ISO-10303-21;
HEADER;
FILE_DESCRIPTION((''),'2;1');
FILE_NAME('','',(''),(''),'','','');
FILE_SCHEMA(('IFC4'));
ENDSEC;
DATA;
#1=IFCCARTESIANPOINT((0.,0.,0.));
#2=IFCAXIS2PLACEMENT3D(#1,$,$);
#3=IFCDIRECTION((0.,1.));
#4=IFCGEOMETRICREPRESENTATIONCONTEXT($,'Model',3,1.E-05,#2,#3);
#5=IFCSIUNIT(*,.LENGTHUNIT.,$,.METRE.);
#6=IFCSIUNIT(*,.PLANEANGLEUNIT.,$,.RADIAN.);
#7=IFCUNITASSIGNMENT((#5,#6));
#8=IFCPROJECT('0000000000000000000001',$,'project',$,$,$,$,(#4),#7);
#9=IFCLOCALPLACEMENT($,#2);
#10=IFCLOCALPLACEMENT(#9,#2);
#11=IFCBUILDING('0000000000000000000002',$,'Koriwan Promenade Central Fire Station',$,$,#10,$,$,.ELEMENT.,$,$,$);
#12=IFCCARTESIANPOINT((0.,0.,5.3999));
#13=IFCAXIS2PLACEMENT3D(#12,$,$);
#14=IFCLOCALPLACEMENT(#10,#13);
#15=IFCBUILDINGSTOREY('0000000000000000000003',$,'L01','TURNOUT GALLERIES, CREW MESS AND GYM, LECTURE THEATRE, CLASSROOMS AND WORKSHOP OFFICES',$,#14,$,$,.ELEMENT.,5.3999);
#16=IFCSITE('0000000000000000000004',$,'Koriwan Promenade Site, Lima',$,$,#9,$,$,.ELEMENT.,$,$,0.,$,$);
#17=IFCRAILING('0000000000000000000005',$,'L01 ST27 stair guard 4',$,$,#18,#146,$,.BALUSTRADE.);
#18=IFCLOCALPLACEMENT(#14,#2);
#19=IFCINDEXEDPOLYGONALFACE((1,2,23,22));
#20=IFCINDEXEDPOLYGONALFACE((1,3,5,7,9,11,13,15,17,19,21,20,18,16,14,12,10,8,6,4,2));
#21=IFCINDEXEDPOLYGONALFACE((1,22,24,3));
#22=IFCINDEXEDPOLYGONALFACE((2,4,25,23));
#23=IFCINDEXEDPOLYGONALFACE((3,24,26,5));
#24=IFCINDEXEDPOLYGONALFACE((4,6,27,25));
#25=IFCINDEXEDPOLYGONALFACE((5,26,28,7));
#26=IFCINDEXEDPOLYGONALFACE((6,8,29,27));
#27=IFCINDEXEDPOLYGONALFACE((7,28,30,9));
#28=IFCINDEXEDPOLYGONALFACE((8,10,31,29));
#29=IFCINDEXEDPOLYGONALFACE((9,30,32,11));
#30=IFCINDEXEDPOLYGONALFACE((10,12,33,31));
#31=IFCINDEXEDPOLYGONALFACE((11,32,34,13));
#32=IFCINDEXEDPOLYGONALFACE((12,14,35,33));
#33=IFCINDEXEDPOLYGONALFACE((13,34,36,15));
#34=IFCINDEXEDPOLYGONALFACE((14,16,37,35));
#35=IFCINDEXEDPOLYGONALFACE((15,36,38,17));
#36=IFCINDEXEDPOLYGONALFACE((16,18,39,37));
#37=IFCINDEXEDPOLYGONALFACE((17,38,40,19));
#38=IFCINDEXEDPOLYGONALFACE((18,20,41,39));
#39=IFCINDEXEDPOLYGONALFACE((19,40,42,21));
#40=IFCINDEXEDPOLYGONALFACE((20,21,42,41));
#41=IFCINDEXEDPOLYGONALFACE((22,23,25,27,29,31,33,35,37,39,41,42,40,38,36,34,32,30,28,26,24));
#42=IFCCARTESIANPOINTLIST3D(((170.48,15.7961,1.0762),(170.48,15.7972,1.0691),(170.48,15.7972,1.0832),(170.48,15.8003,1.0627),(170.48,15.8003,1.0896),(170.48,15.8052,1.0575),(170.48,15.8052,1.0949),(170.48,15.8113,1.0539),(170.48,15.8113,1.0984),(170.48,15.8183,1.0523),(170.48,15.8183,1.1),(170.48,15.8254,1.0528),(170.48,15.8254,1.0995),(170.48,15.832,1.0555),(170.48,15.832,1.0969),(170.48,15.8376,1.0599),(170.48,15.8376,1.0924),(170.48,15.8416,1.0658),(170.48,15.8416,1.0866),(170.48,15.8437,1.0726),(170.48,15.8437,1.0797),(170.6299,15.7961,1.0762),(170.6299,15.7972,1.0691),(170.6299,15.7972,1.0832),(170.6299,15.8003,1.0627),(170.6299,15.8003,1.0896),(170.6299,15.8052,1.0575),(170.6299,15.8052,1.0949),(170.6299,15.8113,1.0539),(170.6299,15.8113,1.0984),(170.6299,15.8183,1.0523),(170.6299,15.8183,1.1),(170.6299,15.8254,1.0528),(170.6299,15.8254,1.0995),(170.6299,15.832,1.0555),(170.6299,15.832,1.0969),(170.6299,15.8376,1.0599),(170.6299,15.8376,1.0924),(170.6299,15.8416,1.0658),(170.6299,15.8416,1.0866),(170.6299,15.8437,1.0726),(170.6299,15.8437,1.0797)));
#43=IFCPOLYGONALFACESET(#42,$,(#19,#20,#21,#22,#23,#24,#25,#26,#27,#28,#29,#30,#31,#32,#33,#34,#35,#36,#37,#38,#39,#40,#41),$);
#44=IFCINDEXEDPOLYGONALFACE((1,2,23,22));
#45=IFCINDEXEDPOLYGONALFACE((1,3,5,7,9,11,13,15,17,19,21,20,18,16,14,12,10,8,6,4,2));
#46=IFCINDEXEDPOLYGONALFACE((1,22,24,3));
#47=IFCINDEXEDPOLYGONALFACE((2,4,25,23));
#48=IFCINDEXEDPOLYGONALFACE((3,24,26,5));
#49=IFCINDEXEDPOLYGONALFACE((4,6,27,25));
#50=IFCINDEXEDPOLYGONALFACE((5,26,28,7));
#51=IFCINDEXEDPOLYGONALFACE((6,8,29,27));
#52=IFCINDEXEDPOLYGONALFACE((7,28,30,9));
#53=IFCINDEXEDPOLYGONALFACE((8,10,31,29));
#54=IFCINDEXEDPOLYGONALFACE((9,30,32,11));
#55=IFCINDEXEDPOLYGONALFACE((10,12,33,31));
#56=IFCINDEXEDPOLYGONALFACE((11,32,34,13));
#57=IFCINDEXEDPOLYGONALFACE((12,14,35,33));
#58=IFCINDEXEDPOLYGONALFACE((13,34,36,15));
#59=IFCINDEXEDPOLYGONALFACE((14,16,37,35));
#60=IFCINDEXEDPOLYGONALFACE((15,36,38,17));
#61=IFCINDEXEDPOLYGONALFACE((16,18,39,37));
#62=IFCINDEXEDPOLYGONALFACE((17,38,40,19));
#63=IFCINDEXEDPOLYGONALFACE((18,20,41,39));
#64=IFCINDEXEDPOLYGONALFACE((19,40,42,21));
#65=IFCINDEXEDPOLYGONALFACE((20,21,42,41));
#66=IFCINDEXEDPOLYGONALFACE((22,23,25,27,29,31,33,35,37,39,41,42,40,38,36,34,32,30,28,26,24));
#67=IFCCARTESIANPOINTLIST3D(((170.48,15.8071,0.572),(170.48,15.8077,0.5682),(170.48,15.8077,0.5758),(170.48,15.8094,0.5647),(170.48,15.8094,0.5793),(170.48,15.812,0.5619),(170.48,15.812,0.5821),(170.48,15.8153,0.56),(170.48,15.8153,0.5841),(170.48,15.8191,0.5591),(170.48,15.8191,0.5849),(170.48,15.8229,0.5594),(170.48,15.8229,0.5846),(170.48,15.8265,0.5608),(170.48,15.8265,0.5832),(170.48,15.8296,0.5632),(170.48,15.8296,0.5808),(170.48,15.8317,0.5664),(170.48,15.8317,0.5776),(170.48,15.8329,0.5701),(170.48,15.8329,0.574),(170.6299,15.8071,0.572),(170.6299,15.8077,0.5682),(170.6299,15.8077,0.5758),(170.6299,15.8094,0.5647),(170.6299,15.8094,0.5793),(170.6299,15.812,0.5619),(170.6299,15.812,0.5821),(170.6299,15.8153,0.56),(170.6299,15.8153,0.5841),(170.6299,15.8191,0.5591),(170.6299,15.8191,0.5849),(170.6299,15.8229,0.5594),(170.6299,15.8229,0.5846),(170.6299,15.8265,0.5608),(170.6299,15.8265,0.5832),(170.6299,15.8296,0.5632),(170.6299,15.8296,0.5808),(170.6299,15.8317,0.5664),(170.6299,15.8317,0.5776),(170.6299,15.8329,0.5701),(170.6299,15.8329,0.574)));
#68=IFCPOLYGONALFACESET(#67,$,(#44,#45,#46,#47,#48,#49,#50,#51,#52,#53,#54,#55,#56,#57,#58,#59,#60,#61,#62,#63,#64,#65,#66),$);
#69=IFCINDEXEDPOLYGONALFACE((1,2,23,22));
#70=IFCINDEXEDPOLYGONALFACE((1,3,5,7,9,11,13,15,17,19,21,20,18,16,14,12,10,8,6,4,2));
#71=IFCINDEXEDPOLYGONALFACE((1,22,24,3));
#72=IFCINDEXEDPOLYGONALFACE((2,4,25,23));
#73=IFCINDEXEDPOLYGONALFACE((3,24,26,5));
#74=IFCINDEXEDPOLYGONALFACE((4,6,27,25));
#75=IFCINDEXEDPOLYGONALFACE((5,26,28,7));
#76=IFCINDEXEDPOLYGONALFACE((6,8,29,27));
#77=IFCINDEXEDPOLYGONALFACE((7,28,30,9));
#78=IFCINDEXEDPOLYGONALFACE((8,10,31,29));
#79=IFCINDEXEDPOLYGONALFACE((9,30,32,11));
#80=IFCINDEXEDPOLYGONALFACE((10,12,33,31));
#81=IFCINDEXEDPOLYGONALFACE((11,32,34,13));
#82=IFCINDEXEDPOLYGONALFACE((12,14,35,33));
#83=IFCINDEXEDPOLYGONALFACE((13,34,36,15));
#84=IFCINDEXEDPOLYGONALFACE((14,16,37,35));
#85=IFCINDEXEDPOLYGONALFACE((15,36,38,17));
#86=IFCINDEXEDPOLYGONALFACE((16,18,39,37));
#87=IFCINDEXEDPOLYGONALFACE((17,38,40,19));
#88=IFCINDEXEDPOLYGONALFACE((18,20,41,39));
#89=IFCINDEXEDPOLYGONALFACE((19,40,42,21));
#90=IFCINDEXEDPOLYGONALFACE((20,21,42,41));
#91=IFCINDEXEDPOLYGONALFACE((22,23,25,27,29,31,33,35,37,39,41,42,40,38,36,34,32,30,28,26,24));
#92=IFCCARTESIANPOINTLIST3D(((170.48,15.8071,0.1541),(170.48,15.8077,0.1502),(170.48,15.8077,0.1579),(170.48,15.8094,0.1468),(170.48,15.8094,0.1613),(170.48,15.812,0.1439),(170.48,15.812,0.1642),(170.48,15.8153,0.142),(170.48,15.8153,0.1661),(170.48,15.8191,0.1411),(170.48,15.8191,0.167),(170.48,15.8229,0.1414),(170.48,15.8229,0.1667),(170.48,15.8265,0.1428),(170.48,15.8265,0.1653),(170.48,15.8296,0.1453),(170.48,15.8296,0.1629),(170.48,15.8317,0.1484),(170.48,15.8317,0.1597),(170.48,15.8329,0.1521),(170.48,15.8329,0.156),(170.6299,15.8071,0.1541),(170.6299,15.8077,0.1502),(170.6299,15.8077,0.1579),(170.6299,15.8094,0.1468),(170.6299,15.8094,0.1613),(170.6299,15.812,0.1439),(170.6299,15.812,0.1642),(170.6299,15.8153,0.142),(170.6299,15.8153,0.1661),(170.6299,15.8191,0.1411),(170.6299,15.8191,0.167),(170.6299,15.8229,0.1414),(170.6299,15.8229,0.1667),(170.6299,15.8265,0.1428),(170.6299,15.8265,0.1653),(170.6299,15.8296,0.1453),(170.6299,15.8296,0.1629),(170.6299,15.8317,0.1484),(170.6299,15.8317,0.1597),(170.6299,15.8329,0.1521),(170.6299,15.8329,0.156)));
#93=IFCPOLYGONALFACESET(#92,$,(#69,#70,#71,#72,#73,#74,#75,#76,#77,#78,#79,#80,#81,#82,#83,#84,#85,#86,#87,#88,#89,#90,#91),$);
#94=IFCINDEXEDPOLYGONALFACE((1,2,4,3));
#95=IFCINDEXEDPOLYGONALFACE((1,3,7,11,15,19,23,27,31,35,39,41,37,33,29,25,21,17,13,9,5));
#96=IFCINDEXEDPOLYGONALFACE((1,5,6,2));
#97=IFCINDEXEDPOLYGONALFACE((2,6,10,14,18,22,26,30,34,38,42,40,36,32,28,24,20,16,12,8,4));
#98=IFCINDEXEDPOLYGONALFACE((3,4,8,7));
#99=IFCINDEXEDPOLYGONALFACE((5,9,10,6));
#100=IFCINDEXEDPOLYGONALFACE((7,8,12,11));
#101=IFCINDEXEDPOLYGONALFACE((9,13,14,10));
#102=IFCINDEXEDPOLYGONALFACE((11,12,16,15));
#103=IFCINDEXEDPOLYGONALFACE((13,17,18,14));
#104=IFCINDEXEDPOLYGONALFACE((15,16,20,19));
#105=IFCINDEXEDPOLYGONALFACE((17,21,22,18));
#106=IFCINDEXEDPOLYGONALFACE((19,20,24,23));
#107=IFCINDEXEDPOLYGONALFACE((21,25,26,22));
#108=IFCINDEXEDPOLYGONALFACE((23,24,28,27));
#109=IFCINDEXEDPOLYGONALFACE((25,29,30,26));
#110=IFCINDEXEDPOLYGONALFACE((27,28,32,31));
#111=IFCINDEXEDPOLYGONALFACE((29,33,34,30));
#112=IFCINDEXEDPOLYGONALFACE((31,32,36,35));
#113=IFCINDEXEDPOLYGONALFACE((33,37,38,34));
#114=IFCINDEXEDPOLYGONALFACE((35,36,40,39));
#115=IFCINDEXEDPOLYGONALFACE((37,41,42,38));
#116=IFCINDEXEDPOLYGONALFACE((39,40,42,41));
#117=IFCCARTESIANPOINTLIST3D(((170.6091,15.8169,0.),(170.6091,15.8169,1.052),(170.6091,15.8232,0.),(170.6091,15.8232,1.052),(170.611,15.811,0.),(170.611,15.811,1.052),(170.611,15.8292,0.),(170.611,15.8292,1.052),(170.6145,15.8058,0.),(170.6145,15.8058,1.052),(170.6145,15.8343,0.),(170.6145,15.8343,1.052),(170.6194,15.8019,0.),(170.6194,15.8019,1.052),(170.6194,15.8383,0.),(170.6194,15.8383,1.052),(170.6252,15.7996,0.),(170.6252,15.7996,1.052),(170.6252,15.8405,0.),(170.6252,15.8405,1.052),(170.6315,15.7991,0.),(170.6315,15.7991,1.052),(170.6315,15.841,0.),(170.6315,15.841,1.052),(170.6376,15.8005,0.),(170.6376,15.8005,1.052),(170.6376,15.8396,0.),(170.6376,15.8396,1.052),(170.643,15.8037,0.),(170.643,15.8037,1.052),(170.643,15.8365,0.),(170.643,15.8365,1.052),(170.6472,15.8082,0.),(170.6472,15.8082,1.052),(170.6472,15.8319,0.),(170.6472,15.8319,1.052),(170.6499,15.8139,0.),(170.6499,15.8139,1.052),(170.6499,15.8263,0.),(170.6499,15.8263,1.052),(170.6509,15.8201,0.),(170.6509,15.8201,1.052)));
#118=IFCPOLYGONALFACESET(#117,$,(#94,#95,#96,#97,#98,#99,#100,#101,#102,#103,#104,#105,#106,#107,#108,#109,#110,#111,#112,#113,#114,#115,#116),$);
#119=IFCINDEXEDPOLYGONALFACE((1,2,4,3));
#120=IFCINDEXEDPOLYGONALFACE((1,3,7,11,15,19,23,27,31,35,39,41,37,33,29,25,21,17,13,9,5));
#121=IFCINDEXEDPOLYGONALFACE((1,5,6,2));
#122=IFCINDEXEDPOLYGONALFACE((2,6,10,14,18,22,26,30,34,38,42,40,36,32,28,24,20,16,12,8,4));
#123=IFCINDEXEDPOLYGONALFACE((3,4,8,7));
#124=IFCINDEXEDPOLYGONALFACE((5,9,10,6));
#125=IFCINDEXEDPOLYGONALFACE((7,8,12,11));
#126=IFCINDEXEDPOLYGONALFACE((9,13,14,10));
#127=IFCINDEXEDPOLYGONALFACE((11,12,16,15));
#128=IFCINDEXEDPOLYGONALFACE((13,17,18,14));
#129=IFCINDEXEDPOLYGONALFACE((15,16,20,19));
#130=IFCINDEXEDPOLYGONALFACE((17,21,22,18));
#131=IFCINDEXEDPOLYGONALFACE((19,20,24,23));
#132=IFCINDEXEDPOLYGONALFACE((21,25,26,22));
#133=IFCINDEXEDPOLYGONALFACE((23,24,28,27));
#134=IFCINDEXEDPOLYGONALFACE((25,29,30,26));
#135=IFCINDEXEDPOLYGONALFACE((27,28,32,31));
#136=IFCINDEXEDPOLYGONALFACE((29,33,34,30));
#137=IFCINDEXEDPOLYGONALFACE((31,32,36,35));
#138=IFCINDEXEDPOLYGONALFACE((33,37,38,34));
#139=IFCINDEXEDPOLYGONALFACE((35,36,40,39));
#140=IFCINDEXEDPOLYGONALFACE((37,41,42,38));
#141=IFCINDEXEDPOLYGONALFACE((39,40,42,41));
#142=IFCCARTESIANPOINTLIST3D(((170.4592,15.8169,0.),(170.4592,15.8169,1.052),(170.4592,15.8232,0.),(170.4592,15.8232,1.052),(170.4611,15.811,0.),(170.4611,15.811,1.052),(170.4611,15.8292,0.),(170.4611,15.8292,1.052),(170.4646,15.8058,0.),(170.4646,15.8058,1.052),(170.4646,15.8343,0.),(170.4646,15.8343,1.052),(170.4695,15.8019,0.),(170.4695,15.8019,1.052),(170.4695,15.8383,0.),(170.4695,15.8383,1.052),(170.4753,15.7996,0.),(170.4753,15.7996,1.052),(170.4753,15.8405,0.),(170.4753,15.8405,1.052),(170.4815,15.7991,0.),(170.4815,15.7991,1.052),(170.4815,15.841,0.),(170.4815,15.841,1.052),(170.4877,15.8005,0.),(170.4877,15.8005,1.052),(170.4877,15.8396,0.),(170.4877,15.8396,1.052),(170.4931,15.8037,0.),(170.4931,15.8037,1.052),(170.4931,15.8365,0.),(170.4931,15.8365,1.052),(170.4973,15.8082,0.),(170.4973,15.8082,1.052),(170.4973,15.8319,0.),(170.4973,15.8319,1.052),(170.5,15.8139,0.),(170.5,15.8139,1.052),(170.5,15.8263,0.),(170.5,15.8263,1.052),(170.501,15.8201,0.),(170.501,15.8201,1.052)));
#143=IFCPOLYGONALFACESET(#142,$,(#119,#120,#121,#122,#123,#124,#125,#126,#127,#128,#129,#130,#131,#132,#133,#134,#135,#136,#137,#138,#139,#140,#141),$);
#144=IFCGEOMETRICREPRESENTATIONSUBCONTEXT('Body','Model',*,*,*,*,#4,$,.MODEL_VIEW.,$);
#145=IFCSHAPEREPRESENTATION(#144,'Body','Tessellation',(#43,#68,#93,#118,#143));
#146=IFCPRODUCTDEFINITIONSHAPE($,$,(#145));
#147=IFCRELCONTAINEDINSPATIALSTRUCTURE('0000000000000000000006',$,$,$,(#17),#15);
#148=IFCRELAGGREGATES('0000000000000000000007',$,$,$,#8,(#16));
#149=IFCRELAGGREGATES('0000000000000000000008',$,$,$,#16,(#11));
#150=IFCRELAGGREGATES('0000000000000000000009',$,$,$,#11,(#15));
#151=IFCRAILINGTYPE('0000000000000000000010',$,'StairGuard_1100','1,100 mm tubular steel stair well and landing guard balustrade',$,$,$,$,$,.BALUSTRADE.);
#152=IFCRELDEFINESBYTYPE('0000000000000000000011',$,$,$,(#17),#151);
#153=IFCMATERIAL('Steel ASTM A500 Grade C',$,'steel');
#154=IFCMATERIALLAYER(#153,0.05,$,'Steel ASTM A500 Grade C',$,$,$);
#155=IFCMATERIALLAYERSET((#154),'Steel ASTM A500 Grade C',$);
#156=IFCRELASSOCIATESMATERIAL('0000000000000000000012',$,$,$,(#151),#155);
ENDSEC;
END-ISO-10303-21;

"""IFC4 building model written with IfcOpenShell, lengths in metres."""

from ifc_helpers import new_model, si_unit, direction, frame, origin, origin_2d, place, context, subcontext, project, spatial, circle, extrude, material, layer, layer_set, type_object, element, save


model = new_model("IFC4")

# Units and contexts
model_context = context("Model", 3, precision=1e-05, world=origin(), true_north=direction((0.0, 1.0)))
body_context = subcontext(model_context, "Body", "Model", "MODEL_VIEW")
ifc_project = project(units=[si_unit("LENGTHUNIT", "METRE"), si_unit("PLANEANGLEUNIT", "RADIAN")], contexts=[model_context])

# Site, building, storey
site_placement = place(None, origin())
site = spatial("IfcSite", under=ifc_project, at=site_placement, Name="Koriwan Promenade Site, Lima", CompositionType="ELEMENT", RefElevation=0.0)
building_placement = place(site_placement, origin())
building = spatial("IfcBuilding", under=site, at=building_placement, Name="Koriwan Promenade Central Fire Station", CompositionType="ELEMENT")
storey_placement = place(building_placement, frame((0.0, 0.0, 5.3999)))
storey = spatial("IfcBuildingStorey", under=building, at=storey_placement, Name="L01", Description="TURNOUT GALLERIES, CREW MESS AND GYM, LECTURE THEATRE, CLASSROOMS AND WORKSHOP OFFICES", CompositionType="ELEMENT", Elevation=5.3999)

# Railing
ifc_material_1 = material(Name="Steel ASTM A500 Grade C", Category="steel")
ifc_layer_1 = layer(ifc_material_1, 0.05, Name="Steel ASTM A500 Grade C")
ifc_layer_set_1 = layer_set([ifc_layer_1], Name="Steel ASTM A500 Grade C")
railing_type_1 = type_object("IfcRailingType", Name="StairGuard_1100", Description="1,100 mm tubular steel stair well and landing guard balustrade", PredefinedType="BALUSTRADE", material=ifc_layer_set_1)
railing_1_placement = place(storey_placement, frame((170.6299, 15.8201, 0.0)))
element("IfcRailing", 1, at=railing_1_placement, inside=storey, type_object=railing_type_1, Name="L01 ST27 stair guard 4", PredefinedType="BALUSTRADE", context=body_context, shape_type="SweptSolid", body=[
    extrude(circle(Radius=0.0239, at=origin_2d()), frame((0.0, 0.0, 1.0762), z_axis=(-1.0, 0.0, 0.0), x_axis=(0.0, -1.0, 0.0)), (0.0, 0.0, 1.0), 0.1499),
    extrude(circle(Radius=0.0129, at=origin_2d()), frame((0.0, 0.0, 0.572), z_axis=(-1.0, 0.0, 0.0), x_axis=(0.0, -1.0, 0.0)), (0.0, 0.0, 1.0), 0.1499),
    extrude(circle(Radius=0.0129, at=origin_2d()), frame((0.0, 0.0, 0.1541), z_axis=(-1.0, 0.0, 0.0), x_axis=(0.0, -1.0, 0.0)), (0.0, 0.0, 1.0), 0.1499),
    extrude(circle(Radius=0.021, at=origin_2d()), origin(), (0.0, 0.0, 1.0), 1.052),
    extrude(circle(Radius=0.021, at=origin_2d()), frame((-0.1499, 0.0, 0.0)), (0.0, 0.0, 1.0), 1.052),
])

save(model, "model.ifc")
